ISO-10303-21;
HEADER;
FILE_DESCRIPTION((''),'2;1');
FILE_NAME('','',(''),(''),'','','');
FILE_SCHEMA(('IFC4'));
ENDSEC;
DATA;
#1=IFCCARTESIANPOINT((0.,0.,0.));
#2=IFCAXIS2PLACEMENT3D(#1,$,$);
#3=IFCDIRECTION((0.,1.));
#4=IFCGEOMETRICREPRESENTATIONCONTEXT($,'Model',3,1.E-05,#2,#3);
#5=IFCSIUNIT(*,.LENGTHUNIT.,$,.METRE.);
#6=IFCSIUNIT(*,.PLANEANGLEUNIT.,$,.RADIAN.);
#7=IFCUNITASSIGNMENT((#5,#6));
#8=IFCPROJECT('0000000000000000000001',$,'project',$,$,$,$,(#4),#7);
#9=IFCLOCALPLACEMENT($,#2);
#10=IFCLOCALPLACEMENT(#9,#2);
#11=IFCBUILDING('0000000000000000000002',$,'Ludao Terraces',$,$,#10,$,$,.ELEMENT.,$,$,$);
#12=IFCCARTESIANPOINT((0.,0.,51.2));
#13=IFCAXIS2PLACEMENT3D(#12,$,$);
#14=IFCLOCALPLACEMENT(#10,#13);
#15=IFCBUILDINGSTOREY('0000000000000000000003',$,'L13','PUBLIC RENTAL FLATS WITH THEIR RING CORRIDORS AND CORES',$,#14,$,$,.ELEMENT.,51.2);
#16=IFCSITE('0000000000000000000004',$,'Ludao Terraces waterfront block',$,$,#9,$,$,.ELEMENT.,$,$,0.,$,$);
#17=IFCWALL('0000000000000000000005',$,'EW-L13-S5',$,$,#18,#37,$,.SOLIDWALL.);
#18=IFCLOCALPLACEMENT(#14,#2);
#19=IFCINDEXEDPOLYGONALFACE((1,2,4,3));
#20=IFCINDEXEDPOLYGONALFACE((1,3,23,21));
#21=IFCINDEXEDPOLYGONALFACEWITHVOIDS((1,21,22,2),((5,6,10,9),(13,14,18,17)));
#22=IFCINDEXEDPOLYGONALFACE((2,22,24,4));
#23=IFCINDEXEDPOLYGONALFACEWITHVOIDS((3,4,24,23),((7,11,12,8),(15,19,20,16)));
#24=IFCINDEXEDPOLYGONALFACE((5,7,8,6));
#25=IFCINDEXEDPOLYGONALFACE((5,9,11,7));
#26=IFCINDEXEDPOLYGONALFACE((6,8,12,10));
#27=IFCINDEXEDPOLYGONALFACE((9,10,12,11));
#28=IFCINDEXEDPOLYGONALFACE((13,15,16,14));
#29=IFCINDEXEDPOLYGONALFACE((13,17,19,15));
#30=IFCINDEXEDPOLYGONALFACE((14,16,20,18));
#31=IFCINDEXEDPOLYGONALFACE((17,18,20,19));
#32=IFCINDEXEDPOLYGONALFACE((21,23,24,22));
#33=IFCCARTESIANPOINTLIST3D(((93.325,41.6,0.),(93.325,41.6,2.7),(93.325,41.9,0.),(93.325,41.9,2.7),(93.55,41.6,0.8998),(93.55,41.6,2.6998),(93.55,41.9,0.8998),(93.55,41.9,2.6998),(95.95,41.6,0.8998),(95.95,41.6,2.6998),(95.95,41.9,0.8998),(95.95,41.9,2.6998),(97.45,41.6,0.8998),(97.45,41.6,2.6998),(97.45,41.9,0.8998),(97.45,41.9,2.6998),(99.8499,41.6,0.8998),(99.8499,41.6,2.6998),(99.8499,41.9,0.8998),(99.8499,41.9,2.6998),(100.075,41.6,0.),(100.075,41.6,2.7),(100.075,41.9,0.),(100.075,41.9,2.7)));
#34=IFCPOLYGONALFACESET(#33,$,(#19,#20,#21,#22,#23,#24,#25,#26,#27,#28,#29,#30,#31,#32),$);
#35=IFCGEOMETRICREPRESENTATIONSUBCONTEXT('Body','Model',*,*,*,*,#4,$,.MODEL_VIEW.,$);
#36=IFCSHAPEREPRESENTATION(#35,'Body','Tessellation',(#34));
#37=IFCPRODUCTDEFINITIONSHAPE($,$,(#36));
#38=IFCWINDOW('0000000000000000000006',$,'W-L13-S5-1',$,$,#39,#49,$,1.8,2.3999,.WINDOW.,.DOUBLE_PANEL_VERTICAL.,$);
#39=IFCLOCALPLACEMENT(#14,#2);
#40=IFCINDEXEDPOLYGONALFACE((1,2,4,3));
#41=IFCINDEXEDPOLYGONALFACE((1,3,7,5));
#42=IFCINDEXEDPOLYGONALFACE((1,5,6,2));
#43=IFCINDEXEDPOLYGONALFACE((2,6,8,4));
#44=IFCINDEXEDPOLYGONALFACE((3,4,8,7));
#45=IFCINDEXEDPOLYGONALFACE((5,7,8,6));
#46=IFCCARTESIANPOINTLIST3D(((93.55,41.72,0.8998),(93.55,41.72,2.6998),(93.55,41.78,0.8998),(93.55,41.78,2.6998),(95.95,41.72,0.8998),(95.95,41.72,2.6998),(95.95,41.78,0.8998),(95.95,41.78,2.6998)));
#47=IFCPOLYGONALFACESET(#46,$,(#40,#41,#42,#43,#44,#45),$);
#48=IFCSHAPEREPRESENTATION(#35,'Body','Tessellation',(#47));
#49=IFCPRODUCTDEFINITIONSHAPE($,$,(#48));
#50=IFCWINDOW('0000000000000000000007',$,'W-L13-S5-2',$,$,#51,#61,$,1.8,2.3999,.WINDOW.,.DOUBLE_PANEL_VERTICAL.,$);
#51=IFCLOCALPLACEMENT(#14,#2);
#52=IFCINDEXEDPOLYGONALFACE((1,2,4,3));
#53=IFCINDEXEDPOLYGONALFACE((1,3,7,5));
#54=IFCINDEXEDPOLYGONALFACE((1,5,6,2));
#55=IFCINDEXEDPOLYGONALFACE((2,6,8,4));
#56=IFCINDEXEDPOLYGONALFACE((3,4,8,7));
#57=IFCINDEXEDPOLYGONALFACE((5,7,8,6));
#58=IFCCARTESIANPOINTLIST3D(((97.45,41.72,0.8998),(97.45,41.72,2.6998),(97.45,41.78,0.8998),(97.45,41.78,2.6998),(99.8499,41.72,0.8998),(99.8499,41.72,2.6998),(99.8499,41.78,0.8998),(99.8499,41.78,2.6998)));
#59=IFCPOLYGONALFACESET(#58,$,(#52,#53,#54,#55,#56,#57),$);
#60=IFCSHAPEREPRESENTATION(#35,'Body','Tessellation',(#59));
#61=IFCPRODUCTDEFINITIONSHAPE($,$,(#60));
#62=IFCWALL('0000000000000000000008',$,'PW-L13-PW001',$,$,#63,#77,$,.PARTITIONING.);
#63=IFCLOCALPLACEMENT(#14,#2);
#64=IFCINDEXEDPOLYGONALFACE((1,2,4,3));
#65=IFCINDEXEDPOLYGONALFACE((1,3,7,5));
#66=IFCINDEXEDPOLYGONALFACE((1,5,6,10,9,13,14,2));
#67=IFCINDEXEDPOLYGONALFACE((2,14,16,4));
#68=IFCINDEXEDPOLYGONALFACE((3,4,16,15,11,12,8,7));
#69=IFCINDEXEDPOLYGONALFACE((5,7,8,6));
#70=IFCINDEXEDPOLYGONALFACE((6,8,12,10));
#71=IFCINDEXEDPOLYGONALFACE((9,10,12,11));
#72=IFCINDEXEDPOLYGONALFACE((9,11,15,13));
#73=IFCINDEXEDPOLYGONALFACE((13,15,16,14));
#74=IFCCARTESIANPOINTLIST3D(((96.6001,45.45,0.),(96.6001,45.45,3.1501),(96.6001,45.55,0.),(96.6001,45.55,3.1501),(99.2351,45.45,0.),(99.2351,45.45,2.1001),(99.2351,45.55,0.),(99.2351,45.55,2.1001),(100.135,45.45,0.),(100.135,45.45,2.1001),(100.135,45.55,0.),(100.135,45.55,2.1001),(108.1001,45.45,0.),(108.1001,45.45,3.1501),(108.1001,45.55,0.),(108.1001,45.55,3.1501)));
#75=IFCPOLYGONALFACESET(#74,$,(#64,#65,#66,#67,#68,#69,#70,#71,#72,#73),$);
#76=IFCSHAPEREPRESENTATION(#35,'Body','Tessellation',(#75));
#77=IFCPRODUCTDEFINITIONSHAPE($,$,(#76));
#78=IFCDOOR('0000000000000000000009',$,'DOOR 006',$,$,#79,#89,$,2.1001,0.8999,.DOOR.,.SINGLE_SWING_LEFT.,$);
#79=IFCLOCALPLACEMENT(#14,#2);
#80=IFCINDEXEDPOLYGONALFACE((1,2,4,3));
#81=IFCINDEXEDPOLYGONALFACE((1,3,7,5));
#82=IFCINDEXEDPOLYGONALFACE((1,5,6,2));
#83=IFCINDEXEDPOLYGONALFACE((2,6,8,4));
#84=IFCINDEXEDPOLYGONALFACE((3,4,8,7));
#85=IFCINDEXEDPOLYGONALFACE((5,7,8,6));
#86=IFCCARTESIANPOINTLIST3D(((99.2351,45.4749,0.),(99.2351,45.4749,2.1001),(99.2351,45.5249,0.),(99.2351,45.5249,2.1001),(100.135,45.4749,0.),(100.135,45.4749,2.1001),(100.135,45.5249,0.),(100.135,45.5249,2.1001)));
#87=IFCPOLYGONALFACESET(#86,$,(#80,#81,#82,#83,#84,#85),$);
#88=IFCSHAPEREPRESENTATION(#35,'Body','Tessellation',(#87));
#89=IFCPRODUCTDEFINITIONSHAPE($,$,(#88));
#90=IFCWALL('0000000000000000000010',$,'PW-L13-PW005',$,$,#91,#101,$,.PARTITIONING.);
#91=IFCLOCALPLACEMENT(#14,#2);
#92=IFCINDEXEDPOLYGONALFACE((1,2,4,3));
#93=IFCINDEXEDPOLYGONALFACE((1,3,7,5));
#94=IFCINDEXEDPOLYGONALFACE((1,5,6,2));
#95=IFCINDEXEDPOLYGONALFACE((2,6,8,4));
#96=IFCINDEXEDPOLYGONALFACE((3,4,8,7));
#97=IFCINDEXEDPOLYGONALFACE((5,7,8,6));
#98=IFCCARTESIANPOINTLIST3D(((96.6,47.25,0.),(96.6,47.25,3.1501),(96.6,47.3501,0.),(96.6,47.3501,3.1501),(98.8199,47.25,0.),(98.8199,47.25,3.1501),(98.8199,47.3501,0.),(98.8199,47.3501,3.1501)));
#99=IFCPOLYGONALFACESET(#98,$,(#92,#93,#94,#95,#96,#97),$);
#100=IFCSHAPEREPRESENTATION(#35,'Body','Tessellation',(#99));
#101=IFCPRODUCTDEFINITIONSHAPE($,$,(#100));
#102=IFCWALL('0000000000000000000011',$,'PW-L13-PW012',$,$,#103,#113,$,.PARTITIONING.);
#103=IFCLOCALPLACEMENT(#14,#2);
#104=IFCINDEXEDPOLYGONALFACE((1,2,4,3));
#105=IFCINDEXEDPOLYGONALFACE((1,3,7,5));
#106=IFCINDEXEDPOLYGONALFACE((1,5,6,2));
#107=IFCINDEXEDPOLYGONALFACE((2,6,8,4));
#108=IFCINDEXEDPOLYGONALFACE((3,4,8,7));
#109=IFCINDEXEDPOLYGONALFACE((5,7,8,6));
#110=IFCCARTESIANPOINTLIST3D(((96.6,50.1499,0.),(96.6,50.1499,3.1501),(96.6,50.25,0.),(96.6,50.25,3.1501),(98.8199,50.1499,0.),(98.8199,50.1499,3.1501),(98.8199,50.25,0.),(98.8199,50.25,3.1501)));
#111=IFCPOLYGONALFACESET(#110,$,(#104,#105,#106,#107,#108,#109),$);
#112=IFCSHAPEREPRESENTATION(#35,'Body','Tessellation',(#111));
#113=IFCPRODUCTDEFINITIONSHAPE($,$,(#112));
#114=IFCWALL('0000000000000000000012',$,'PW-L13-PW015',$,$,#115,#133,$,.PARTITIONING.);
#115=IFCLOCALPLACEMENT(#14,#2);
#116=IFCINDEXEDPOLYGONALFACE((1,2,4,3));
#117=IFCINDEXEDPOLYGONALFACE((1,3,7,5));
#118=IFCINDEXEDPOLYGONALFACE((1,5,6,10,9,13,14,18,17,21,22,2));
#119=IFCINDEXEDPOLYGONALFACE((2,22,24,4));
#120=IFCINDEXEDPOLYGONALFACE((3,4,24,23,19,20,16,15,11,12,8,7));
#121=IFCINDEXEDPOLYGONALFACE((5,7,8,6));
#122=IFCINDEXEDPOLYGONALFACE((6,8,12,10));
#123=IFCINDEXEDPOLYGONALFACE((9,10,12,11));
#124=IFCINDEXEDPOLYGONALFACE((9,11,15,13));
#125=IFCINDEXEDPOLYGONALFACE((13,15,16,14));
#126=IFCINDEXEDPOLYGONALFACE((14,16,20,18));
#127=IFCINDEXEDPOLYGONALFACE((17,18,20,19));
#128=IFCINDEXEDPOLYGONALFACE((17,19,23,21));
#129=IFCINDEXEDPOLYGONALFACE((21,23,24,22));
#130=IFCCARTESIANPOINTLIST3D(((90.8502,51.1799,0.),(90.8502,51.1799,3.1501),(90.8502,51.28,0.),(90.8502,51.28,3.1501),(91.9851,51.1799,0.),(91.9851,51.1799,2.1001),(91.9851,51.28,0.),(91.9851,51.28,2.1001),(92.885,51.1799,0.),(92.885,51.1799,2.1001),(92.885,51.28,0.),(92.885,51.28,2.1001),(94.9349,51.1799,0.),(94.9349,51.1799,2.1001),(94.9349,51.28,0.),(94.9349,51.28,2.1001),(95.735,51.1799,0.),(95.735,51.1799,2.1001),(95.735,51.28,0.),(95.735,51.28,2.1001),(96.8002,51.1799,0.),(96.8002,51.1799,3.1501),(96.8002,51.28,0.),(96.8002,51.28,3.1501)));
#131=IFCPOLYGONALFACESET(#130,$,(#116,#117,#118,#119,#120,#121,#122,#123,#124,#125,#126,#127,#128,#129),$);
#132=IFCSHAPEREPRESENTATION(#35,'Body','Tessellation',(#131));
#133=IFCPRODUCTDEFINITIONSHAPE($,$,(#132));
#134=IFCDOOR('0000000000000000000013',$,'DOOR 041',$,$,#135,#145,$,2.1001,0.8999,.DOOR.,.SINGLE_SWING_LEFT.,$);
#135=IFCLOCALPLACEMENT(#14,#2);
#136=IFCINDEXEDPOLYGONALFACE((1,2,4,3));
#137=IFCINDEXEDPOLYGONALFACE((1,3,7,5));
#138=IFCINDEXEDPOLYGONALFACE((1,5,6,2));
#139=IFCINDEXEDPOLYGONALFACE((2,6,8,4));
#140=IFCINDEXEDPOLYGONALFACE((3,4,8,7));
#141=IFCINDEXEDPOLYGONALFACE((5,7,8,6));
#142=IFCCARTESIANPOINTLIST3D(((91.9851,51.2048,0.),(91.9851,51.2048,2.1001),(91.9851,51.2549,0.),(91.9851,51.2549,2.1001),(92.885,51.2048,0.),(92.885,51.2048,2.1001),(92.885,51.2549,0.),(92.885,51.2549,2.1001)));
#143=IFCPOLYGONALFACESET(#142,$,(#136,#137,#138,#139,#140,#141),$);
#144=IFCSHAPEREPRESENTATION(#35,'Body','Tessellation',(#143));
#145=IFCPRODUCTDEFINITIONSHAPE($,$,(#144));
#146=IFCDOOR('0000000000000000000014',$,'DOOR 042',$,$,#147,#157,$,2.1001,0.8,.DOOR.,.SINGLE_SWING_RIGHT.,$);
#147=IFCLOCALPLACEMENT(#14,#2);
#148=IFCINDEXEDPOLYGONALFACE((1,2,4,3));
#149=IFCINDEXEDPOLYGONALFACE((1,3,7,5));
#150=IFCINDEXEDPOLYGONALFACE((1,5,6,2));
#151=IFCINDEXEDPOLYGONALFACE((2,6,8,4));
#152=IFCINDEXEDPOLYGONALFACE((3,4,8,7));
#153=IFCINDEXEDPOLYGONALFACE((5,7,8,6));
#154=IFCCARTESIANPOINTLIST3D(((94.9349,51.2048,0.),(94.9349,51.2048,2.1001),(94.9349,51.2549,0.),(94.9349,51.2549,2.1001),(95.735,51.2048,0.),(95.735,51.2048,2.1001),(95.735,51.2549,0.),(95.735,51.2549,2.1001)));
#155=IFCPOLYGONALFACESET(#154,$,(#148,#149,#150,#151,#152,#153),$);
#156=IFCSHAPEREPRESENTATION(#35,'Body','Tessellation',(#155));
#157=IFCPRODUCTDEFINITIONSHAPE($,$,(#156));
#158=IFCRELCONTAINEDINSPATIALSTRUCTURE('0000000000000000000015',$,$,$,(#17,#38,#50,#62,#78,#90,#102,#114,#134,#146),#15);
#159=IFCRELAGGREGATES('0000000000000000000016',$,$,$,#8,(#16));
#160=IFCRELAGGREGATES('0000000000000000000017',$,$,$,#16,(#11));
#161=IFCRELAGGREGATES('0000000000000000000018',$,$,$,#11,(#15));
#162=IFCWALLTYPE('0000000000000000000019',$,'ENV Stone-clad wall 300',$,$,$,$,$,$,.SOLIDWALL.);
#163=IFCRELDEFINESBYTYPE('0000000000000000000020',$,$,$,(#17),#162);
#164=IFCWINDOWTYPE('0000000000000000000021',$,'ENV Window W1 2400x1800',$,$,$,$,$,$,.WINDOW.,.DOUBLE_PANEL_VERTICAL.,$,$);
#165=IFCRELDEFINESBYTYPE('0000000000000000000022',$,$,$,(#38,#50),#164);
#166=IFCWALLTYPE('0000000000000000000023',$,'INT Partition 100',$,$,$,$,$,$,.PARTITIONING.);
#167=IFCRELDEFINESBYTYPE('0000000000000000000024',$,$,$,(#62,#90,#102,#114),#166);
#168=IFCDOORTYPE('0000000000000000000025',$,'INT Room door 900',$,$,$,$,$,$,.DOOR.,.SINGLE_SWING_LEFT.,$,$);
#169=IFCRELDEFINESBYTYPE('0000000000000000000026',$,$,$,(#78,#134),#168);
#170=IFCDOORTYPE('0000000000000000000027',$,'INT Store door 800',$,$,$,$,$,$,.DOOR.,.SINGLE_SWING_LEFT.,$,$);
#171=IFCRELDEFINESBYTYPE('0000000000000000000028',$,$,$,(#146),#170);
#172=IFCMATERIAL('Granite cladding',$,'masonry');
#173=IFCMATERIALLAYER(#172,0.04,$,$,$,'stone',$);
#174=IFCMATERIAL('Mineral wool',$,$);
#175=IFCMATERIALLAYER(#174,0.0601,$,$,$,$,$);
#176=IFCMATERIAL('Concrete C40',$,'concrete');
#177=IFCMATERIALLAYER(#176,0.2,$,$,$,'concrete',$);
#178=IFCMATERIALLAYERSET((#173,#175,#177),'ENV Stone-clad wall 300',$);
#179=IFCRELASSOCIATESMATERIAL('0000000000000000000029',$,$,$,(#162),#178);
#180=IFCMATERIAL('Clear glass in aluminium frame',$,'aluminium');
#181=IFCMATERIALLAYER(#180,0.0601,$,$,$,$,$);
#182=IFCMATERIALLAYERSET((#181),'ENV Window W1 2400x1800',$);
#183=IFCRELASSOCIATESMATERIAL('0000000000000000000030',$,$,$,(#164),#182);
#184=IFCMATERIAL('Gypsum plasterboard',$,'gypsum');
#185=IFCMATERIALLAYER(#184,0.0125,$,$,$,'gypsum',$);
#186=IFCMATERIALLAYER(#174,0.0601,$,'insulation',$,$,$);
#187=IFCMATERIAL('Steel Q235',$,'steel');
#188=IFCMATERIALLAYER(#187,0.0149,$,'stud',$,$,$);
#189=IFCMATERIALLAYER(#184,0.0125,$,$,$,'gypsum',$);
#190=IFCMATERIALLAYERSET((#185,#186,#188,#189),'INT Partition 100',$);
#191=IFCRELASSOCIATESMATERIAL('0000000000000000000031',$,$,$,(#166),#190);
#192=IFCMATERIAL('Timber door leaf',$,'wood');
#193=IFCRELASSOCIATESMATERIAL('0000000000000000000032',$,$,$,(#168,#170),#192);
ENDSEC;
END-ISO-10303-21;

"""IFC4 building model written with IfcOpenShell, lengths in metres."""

from ifc_helpers import new_model, si_unit, direction, frame, frame_2d, origin, place, context, subcontext, project, spatial, rectangle, extrude, material, layer, layer_set, type_object, element, fill, save


model = new_model("IFC4")

# Units and contexts
model_context = context("Model", 3, precision=1e-05, world=origin(), true_north=direction((0.0, 1.0)))
body_context = subcontext(model_context, "Body", "Model", "MODEL_VIEW")
ifc_project = project(units=[si_unit("LENGTHUNIT", "METRE"), si_unit("PLANEANGLEUNIT", "RADIAN")], contexts=[model_context])

# Site, building, storey
site_placement = place(None, origin())
site = spatial("IfcSite", under=ifc_project, at=site_placement, Name="Ludao Terraces waterfront block", CompositionType="ELEMENT", RefElevation=0.0)
building_placement = place(site_placement, origin())
building = spatial("IfcBuilding", under=site, at=building_placement, Name="Ludao Terraces", CompositionType="ELEMENT")
storey_placement = place(building_placement, frame((0.0, 0.0, 51.2)))
storey = spatial("IfcBuildingStorey", under=building, at=storey_placement, Name="L13", Description="PUBLIC RENTAL FLATS WITH THEIR RING CORRIDORS AND CORES", CompositionType="ELEMENT", Elevation=51.2)

# Shared definitions
ifc_material_1 = material(Name="Concrete C40", Category="concrete")

# Shared definitions
ifc_material_2 = material(Name="Granite cladding", Category="masonry")
ifc_layer_1 = layer(ifc_material_2, 0.04, Category="stone")
ifc_material_3 = material(Name="Mineral wool")
ifc_layer_2 = layer(ifc_material_3, 0.0601)
ifc_layer_3 = layer(ifc_material_1, 0.2, Category="concrete")
ifc_layer_set_1 = layer_set([ifc_layer_1, ifc_layer_2, ifc_layer_3], Name="ENV Stone-clad wall 300")
wall_type_1 = type_object("IfcWallType", Name="ENV Stone-clad wall 300", PredefinedType="SOLIDWALL", material=ifc_layer_set_1)
ifc_material_4 = material(Name="Clear glass in aluminium frame", Category="aluminium")
ifc_layer_4 = layer(ifc_material_4, 0.0601)
ifc_layer_set_2 = layer_set([ifc_layer_4], Name="ENV Window W1 2400x1800")
window_type = type_object("IfcWindowType", Name="ENV Window W1 2400x1800", PartitioningType="DOUBLE_PANEL_VERTICAL", PredefinedType="WINDOW", material=ifc_layer_set_2)

# Wall, openings, windows
wall_1_placement = place(storey_placement, frame((93.325, 41.75, 0.0), z_axis=(0.0, 0.0, 1.0), x_axis=(1.0, 0.0, 0.0)))
wall_1 = element("IfcWall", 1, at=wall_1_placement, inside=storey, type_object=wall_type_1, Name="EW-L13-S5", PredefinedType="SOLIDWALL", context=body_context, shape_type="SweptSolid", body=[
    extrude(rectangle(XDim=6.75, YDim=0.3, at=frame_2d((3.375, 0.0))), origin(), (0.0, 0.0, 1.0), 2.7),
])
opening_1_placement = place(wall_1_placement, frame((0.2251, 0.0, 0.8999)))
opening_1 = element("IfcOpeningElement", 2, at=opening_1_placement, cuts=wall_1, PredefinedType="OPENING", context=body_context, shape_type="SweptSolid", body=[
    extrude(rectangle(XDim=2.3999, YDim=1.8, at=frame_2d((1.2, 0.8999))), frame((0.0, 0.1602, 0.0), z_axis=(0.0, -1.0, 0.0), x_axis=(1.0, 0.0, 0.0)), (0.0, 0.0, 1.0), 0.3201),
])
opening_2_placement = place(wall_1_placement, frame((4.125, 0.0, 0.8999)))
opening_2 = element("IfcOpeningElement", 3, at=opening_2_placement, cuts=wall_1, PredefinedType="OPENING", context=body_context, shape_type="SweptSolid", body=[
    extrude(rectangle(XDim=2.3999, YDim=1.8, at=frame_2d((1.2, 0.8999))), frame((0.0, 0.1602, 0.0), z_axis=(0.0, -1.0, 0.0), x_axis=(1.0, 0.0, 0.0)), (0.0, 0.0, 1.0), 0.3201),
])
window_1_placement = place(opening_1_placement, origin())
window_1 = element("IfcWindow", 4, at=window_1_placement, inside=storey, type_object=window_type, Name="W-L13-S5-1", OverallHeight=1.8, OverallWidth=2.3999, PartitioningType="DOUBLE_PANEL_VERTICAL", PredefinedType="WINDOW", context=body_context, shape_type="SweptSolid", body=[
    extrude(rectangle(XDim=2.3999, YDim=1.8, at=frame_2d((1.2, 0.8999))), frame((0.0, 0.03, 0.0), z_axis=(0.0, -1.0, 0.0), x_axis=(1.0, 0.0, 0.0)), (0.0, 0.0, 1.0), 0.0601),
])
fill(opening_1, window_1)
window_2_placement = place(opening_2_placement, origin())
window_2 = element("IfcWindow", 5, at=window_2_placement, inside=storey, type_object=window_type, Name="W-L13-S5-2", OverallHeight=1.8, OverallWidth=2.3999, PartitioningType="DOUBLE_PANEL_VERTICAL", PredefinedType="WINDOW", context=body_context, shape_type="SweptSolid", body=[
    extrude(rectangle(XDim=2.3999, YDim=1.8, at=frame_2d((1.2, 0.8999))), frame((0.0, 0.03, 0.0), z_axis=(0.0, -1.0, 0.0), x_axis=(1.0, 0.0, 0.0)), (0.0, 0.0, 1.0), 0.0601),
])
fill(opening_2, window_2)

# Wall, opening, door
ifc_material_5 = material(Name="Gypsum plasterboard", Category="gypsum")
ifc_layer_5 = layer(ifc_material_5, 0.0125, Category="gypsum")
ifc_layer_6 = layer(ifc_material_3, 0.0601, Name="insulation")
ifc_material_6 = material(Name="Steel Q235", Category="steel")
ifc_layer_7 = layer(ifc_material_6, 0.0149, Name="stud")
ifc_layer_8 = layer(ifc_material_5, 0.0125, Category="gypsum")
ifc_layer_set_3 = layer_set([ifc_layer_5, ifc_layer_6, ifc_layer_7, ifc_layer_8], Name="INT Partition 100")
wall_type_2 = type_object("IfcWallType", Name="INT Partition 100", PredefinedType="PARTITIONING", material=ifc_layer_set_3)
wall_2_placement = place(storey_placement, frame((96.6001, 45.5, 0.0), z_axis=(0.0, 0.0, 1.0), x_axis=(1.0, 0.0, 0.0)))
wall_2 = element("IfcWall", 6, at=wall_2_placement, inside=storey, type_object=wall_type_2, Name="PW-L13-PW001", PredefinedType="PARTITIONING", context=body_context, shape_type="SweptSolid", body=[
    extrude(rectangle(XDim=11.5, YDim=0.1001, at=frame_2d((5.75, 0.0))), origin(), (0.0, 0.0, 1.0), 3.1501),
])
opening_3_placement = place(wall_2_placement, frame((2.635, 0.0, 0.0)))
opening_3 = element("IfcOpeningElement", 7, at=opening_3_placement, cuts=wall_2, PredefinedType="OPENING", context=body_context, shape_type="SweptSolid", body=[
    extrude(rectangle(XDim=0.8999, YDim=2.1001, at=frame_2d((0.45, 1.05))), frame((0.0, 0.0601, 0.0), z_axis=(0.0, -1.0, 0.0), x_axis=(1.0, 0.0, 0.0)), (0.0, 0.0, 1.0), 0.1201),
])
ifc_material_7 = material(Name="Timber door leaf", Category="wood")
door_type_1 = type_object("IfcDoorType", Name="INT Room door 900", OperationType="SINGLE_SWING_LEFT", PredefinedType="DOOR", material=ifc_material_7)
door_1_placement = place(opening_3_placement, origin())
door_1 = element("IfcDoor", 8, at=door_1_placement, inside=storey, type_object=door_type_1, Name="DOOR 006", OperationType="SINGLE_SWING_LEFT", OverallHeight=2.1001, OverallWidth=0.8999, PredefinedType="DOOR", context=body_context, shape_type="SweptSolid", body=[
    extrude(rectangle(XDim=0.8999, YDim=2.1001, at=frame_2d((0.45, 1.05))), frame((0.0, 0.0249, 0.0), z_axis=(0.0, -1.0, 0.0), x_axis=(1.0, 0.0, 0.0)), (0.0, 0.0, 1.0), 0.05),
])
fill(opening_3, door_1)

# Walls
for number, where, z_axis, x_axis, name in (
    (9, (96.6001, 47.3, 0.0), (0.0, 0.0, 1.0), (1.0, 0.0, 0.0), "PW-L13-PW005"),
    (10, (96.6001, 50.2, 0.0), (0.0, 0.0, 1.0), (1.0, 0.0, 0.0), "PW-L13-PW012"),
):
    element("IfcWall", number, at=place(storey_placement, frame(where, z_axis=z_axis, x_axis=x_axis)), inside=storey, type_object=wall_type_2, Name=name, PredefinedType="PARTITIONING", context=body_context, shape_type="SweptSolid", body=[
        extrude(rectangle(XDim=2.22, YDim=0.1001, at=frame_2d((1.1099, 0.0))), origin(), (0.0, 0.0, 1.0), 3.1501),
    ])

# Wall, openings, doors
wall_3_placement = place(storey_placement, frame((90.8501, 51.23, 0.0), z_axis=(0.0, 0.0, 1.0), x_axis=(1.0, 0.0, 0.0)))
wall_3 = element("IfcWall", 11, at=wall_3_placement, inside=storey, type_object=wall_type_2, Name="PW-L13-PW015", PredefinedType="PARTITIONING", context=body_context, shape_type="SweptSolid", body=[
    extrude(rectangle(XDim=5.95, YDim=0.1001, at=frame_2d((2.9751, 0.0))), origin(), (0.0, 0.0, 1.0), 3.1501),
])
opening_4_placement = place(wall_3_placement, frame((1.135, 0.0, 0.0)))
opening_4 = element("IfcOpeningElement", 12, at=opening_4_placement, cuts=wall_3, PredefinedType="OPENING", context=body_context, shape_type="SweptSolid", body=[
    extrude(rectangle(XDim=0.8999, YDim=2.1001, at=frame_2d((0.45, 1.05))), frame((0.0, 0.0601, 0.0), z_axis=(0.0, -1.0, 0.0), x_axis=(1.0, 0.0, 0.0)), (0.0, 0.0, 1.0), 0.1201),
])
opening_5_placement = place(wall_3_placement, frame((4.085, 0.0, 0.0)))
opening_5 = element("IfcOpeningElement", 13, at=opening_5_placement, cuts=wall_3, PredefinedType="OPENING", context=body_context, shape_type="SweptSolid", body=[
    extrude(rectangle(XDim=0.8, YDim=2.1001, at=frame_2d((0.3999, 1.05))), frame((0.0, 0.0601, 0.0), z_axis=(0.0, -1.0, 0.0), x_axis=(1.0, 0.0, 0.0)), (0.0, 0.0, 1.0), 0.1201),
])
door_2_placement = place(opening_4_placement, origin())
door_2 = element("IfcDoor", 14, at=door_2_placement, inside=storey, type_object=door_type_1, Name="DOOR 041", OperationType="SINGLE_SWING_LEFT", OverallHeight=2.1001, OverallWidth=0.8999, PredefinedType="DOOR", context=body_context, shape_type="SweptSolid", body=[
    extrude(rectangle(XDim=0.8999, YDim=2.1001, at=frame_2d((0.45, 1.05))), frame((0.0, 0.0249, 0.0), z_axis=(0.0, -1.0, 0.0), x_axis=(1.0, 0.0, 0.0)), (0.0, 0.0, 1.0), 0.05),
])
fill(opening_4, door_2)
door_type_2 = type_object("IfcDoorType", Name="INT Store door 800", OperationType="SINGLE_SWING_LEFT", PredefinedType="DOOR", material=ifc_material_7)
door_3_placement = place(opening_5_placement, origin())
door_3 = element("IfcDoor", 15, at=door_3_placement, inside=storey, type_object=door_type_2, Name="DOOR 042", OperationType="SINGLE_SWING_RIGHT", OverallHeight=2.1001, OverallWidth=0.8, PredefinedType="DOOR", context=body_context, shape_type="SweptSolid", body=[
    extrude(rectangle(XDim=0.8, YDim=2.1001, at=frame_2d((0.3999, 1.05))), frame((0.0, 0.0249, 0.0), z_axis=(0.0, -1.0, 0.0), x_axis=(1.0, 0.0, 0.0)), (0.0, 0.0, 1.0), 0.05),
])
fill(opening_5, door_3)

save(model, "model.ifc")
